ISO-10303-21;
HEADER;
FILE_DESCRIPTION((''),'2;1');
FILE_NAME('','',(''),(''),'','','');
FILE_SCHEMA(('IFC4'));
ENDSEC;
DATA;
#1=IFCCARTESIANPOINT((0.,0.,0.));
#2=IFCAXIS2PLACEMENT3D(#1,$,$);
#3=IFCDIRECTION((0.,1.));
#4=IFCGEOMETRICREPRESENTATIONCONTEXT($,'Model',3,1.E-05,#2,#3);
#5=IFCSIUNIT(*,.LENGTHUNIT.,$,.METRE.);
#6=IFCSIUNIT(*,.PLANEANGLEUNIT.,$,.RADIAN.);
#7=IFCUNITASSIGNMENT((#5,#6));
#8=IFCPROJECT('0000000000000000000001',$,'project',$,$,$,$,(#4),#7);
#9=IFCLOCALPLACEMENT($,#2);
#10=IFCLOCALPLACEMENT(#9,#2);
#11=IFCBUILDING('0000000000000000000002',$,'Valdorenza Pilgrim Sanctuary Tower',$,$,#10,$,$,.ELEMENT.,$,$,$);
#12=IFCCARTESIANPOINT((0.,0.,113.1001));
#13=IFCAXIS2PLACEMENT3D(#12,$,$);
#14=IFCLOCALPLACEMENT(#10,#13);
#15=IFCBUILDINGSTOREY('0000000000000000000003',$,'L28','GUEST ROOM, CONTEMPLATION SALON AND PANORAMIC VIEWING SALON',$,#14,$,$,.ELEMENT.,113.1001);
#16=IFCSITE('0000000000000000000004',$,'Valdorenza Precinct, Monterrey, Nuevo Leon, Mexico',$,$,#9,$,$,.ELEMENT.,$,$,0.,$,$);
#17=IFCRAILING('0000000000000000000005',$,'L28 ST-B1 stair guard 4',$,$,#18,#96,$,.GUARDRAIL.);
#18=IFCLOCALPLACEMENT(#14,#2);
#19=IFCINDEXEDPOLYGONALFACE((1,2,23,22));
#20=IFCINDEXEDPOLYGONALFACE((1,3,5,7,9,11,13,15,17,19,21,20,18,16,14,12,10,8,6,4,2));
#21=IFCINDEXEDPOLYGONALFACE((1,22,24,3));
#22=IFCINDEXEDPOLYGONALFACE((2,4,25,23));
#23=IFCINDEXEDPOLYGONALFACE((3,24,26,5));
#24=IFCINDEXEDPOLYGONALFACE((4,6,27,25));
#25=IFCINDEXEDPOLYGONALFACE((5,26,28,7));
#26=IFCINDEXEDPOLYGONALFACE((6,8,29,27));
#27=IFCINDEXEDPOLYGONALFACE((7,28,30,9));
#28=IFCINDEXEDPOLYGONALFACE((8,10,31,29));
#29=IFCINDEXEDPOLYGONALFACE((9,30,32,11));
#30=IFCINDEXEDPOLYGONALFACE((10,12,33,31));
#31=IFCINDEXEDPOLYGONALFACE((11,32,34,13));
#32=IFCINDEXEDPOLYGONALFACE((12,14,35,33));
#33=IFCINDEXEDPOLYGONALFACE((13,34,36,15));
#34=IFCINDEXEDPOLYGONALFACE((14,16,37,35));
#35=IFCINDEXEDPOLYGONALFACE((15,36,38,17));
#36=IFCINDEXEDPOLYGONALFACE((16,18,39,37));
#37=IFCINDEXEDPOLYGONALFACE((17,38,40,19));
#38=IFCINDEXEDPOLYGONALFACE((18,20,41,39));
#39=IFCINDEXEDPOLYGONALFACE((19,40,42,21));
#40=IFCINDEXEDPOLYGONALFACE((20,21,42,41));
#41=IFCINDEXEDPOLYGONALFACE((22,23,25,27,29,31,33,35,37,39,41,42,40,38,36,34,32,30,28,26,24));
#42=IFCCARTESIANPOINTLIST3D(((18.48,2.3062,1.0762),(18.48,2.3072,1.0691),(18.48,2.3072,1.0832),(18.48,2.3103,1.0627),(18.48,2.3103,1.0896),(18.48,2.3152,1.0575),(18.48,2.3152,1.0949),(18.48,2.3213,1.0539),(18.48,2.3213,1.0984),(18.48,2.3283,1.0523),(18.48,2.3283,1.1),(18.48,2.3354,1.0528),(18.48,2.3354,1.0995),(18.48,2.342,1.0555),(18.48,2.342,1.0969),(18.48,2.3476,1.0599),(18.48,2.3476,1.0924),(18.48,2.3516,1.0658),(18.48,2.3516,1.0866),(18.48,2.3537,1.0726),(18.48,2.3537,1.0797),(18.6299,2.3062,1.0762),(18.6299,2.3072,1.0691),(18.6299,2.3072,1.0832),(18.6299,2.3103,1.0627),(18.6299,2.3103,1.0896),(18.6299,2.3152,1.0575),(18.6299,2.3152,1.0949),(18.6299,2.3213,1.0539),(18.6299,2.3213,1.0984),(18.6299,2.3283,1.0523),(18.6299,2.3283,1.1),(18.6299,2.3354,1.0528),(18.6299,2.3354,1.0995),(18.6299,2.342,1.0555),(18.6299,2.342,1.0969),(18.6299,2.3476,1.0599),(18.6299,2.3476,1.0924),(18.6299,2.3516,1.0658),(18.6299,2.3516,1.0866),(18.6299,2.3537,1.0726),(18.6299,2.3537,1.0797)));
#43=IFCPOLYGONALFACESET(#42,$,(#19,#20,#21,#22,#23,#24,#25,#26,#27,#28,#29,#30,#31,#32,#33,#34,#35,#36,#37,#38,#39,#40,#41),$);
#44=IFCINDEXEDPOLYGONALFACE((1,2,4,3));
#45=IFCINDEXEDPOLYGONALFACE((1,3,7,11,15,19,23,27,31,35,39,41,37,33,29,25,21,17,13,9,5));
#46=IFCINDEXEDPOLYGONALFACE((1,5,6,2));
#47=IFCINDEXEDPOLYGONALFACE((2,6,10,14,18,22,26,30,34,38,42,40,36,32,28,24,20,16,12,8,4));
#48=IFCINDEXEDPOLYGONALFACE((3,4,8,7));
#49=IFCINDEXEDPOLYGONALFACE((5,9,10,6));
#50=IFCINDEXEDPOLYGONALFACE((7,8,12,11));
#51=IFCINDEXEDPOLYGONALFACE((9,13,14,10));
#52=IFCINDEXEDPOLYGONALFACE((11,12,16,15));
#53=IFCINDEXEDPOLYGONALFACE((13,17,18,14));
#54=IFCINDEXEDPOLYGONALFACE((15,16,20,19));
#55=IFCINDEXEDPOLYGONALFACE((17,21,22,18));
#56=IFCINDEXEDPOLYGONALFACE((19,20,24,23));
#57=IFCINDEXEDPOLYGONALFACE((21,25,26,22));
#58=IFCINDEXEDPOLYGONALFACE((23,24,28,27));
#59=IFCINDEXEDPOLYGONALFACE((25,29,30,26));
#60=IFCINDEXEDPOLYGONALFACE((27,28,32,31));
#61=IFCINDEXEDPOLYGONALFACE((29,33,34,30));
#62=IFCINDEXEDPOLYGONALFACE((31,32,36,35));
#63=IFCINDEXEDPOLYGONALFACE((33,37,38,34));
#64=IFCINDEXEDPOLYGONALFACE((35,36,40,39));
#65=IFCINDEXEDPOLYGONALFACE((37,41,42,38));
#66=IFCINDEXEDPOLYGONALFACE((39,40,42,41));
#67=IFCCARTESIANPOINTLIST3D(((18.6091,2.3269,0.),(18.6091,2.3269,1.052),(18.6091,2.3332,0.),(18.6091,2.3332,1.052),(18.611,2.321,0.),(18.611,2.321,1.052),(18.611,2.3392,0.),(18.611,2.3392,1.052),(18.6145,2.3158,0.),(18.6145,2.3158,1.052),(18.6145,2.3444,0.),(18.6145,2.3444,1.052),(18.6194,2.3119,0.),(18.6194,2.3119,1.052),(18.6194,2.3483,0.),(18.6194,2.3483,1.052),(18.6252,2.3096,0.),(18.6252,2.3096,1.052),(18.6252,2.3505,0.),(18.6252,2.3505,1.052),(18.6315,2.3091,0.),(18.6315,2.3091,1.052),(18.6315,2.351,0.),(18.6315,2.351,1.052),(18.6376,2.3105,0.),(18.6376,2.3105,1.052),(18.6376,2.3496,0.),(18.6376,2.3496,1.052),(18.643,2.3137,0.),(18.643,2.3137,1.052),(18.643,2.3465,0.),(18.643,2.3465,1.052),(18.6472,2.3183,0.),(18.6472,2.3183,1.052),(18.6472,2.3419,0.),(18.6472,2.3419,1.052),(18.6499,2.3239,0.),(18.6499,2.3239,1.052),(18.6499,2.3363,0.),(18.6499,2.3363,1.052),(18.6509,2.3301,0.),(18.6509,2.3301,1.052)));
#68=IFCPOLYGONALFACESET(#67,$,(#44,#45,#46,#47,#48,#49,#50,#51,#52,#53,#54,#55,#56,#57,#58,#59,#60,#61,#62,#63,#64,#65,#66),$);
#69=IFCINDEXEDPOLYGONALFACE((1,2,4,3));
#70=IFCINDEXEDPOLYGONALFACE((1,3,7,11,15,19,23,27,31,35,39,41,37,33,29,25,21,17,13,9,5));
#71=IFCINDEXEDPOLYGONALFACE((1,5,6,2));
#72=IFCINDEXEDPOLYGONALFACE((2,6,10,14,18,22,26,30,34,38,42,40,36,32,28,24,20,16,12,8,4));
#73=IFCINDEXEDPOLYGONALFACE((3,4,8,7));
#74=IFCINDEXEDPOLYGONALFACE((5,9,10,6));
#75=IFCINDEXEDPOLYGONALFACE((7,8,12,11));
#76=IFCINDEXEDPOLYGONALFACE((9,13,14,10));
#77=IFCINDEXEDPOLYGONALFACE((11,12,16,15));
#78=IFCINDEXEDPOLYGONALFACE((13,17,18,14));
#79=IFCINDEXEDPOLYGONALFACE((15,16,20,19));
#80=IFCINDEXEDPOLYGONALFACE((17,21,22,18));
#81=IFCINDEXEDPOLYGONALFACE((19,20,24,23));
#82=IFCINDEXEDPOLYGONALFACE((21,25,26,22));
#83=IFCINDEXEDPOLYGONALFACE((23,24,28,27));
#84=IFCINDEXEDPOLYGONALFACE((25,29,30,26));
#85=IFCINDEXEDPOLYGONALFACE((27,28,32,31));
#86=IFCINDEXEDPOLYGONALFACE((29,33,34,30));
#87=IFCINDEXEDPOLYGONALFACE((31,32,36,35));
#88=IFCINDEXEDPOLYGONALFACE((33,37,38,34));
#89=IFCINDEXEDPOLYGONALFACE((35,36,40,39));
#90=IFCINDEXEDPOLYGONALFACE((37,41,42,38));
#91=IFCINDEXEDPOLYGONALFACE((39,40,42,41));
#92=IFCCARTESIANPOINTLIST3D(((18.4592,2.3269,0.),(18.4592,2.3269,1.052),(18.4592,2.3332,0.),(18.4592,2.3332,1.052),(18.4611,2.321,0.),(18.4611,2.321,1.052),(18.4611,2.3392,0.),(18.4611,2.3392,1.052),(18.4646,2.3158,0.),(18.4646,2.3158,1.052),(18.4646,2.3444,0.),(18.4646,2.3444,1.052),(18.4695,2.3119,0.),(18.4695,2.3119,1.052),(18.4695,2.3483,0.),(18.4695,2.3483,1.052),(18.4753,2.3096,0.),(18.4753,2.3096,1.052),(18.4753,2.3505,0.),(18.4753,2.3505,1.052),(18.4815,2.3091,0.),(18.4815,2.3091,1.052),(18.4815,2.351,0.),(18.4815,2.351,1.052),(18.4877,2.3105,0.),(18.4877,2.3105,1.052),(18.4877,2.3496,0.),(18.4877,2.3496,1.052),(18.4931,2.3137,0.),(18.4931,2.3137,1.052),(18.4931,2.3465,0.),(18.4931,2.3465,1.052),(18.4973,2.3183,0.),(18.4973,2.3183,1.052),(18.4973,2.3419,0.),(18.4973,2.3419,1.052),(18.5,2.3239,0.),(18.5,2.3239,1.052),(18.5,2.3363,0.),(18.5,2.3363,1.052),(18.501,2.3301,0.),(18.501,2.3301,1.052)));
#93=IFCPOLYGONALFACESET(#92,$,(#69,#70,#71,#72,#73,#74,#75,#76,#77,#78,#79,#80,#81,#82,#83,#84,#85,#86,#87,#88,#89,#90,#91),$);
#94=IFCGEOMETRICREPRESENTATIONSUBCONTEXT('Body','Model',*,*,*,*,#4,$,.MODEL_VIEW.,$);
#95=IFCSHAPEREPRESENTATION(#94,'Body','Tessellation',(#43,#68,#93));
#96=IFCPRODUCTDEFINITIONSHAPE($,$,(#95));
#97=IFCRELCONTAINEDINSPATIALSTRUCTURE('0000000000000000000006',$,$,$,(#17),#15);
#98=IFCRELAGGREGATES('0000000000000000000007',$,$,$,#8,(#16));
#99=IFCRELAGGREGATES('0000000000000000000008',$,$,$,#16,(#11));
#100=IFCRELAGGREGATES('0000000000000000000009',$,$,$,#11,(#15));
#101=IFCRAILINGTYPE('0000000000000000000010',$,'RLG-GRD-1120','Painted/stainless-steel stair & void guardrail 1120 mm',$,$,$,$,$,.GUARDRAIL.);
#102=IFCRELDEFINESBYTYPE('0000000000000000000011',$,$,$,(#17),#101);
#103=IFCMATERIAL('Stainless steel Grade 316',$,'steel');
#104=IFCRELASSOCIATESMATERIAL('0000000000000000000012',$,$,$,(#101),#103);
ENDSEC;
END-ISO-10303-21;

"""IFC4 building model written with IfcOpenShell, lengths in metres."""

from ifc_helpers import new_model, si_unit, direction, frame, origin, origin_2d, place, context, subcontext, project, spatial, circle, extrude, material, type_object, element, save


model = new_model("IFC4")

# Units and contexts
model_context = context("Model", 3, precision=1e-05, world=origin(), true_north=direction((0.0, 1.0)))
body_context = subcontext(model_context, "Body", "Model", "MODEL_VIEW")
ifc_project = project(units=[si_unit("LENGTHUNIT", "METRE"), si_unit("PLANEANGLEUNIT", "RADIAN")], contexts=[model_context])

# Site, building, storey
site_placement = place(None, origin())
site = spatial("IfcSite", under=ifc_project, at=site_placement, Name="Valdorenza Precinct, Monterrey, Nuevo Leon, Mexico", CompositionType="ELEMENT", RefElevation=0.0)
building_placement = place(site_placement, origin())
building = spatial("IfcBuilding", under=site, at=building_placement, Name="Valdorenza Pilgrim Sanctuary Tower", CompositionType="ELEMENT")
storey_placement = place(building_placement, frame((0.0, 0.0, 113.1001)))
storey = spatial("IfcBuildingStorey", under=building, at=storey_placement, Name="L28", Description="GUEST ROOM, CONTEMPLATION SALON AND PANORAMIC VIEWING SALON", CompositionType="ELEMENT", Elevation=113.1001)

# Railing
ifc_material_1 = material(Name="Stainless steel Grade 316", Category="steel")
railing_type_1 = type_object("IfcRailingType", Name="RLG-GRD-1120", Description="Painted/stainless-steel stair & void guardrail 1120 mm", PredefinedType="GUARDRAIL", material=ifc_material_1)
railing_1_placement = place(storey_placement, frame((18.6299, 2.3301, 0.0)))
element("IfcRailing", 1, at=railing_1_placement, inside=storey, type_object=railing_type_1, Name="L28 ST-B1 stair guard 4", PredefinedType="GUARDRAIL", context=body_context, shape_type="SweptSolid", body=[
    extrude(circle(Radius=0.0239, at=origin_2d()), frame((0.0, 0.0, 1.0762), z_axis=(-1.0, 0.0, 0.0), x_axis=(0.0, -1.0, 0.0)), (0.0, 0.0, 1.0), 0.1499),
    extrude(circle(Radius=0.021, at=origin_2d()), origin(), (0.0, 0.0, 1.0), 1.052),
    extrude(circle(Radius=0.021, at=origin_2d()), frame((-0.1499, 0.0, 0.0)), (0.0, 0.0, 1.0), 1.052),
])

save(model, "model.ifc")
